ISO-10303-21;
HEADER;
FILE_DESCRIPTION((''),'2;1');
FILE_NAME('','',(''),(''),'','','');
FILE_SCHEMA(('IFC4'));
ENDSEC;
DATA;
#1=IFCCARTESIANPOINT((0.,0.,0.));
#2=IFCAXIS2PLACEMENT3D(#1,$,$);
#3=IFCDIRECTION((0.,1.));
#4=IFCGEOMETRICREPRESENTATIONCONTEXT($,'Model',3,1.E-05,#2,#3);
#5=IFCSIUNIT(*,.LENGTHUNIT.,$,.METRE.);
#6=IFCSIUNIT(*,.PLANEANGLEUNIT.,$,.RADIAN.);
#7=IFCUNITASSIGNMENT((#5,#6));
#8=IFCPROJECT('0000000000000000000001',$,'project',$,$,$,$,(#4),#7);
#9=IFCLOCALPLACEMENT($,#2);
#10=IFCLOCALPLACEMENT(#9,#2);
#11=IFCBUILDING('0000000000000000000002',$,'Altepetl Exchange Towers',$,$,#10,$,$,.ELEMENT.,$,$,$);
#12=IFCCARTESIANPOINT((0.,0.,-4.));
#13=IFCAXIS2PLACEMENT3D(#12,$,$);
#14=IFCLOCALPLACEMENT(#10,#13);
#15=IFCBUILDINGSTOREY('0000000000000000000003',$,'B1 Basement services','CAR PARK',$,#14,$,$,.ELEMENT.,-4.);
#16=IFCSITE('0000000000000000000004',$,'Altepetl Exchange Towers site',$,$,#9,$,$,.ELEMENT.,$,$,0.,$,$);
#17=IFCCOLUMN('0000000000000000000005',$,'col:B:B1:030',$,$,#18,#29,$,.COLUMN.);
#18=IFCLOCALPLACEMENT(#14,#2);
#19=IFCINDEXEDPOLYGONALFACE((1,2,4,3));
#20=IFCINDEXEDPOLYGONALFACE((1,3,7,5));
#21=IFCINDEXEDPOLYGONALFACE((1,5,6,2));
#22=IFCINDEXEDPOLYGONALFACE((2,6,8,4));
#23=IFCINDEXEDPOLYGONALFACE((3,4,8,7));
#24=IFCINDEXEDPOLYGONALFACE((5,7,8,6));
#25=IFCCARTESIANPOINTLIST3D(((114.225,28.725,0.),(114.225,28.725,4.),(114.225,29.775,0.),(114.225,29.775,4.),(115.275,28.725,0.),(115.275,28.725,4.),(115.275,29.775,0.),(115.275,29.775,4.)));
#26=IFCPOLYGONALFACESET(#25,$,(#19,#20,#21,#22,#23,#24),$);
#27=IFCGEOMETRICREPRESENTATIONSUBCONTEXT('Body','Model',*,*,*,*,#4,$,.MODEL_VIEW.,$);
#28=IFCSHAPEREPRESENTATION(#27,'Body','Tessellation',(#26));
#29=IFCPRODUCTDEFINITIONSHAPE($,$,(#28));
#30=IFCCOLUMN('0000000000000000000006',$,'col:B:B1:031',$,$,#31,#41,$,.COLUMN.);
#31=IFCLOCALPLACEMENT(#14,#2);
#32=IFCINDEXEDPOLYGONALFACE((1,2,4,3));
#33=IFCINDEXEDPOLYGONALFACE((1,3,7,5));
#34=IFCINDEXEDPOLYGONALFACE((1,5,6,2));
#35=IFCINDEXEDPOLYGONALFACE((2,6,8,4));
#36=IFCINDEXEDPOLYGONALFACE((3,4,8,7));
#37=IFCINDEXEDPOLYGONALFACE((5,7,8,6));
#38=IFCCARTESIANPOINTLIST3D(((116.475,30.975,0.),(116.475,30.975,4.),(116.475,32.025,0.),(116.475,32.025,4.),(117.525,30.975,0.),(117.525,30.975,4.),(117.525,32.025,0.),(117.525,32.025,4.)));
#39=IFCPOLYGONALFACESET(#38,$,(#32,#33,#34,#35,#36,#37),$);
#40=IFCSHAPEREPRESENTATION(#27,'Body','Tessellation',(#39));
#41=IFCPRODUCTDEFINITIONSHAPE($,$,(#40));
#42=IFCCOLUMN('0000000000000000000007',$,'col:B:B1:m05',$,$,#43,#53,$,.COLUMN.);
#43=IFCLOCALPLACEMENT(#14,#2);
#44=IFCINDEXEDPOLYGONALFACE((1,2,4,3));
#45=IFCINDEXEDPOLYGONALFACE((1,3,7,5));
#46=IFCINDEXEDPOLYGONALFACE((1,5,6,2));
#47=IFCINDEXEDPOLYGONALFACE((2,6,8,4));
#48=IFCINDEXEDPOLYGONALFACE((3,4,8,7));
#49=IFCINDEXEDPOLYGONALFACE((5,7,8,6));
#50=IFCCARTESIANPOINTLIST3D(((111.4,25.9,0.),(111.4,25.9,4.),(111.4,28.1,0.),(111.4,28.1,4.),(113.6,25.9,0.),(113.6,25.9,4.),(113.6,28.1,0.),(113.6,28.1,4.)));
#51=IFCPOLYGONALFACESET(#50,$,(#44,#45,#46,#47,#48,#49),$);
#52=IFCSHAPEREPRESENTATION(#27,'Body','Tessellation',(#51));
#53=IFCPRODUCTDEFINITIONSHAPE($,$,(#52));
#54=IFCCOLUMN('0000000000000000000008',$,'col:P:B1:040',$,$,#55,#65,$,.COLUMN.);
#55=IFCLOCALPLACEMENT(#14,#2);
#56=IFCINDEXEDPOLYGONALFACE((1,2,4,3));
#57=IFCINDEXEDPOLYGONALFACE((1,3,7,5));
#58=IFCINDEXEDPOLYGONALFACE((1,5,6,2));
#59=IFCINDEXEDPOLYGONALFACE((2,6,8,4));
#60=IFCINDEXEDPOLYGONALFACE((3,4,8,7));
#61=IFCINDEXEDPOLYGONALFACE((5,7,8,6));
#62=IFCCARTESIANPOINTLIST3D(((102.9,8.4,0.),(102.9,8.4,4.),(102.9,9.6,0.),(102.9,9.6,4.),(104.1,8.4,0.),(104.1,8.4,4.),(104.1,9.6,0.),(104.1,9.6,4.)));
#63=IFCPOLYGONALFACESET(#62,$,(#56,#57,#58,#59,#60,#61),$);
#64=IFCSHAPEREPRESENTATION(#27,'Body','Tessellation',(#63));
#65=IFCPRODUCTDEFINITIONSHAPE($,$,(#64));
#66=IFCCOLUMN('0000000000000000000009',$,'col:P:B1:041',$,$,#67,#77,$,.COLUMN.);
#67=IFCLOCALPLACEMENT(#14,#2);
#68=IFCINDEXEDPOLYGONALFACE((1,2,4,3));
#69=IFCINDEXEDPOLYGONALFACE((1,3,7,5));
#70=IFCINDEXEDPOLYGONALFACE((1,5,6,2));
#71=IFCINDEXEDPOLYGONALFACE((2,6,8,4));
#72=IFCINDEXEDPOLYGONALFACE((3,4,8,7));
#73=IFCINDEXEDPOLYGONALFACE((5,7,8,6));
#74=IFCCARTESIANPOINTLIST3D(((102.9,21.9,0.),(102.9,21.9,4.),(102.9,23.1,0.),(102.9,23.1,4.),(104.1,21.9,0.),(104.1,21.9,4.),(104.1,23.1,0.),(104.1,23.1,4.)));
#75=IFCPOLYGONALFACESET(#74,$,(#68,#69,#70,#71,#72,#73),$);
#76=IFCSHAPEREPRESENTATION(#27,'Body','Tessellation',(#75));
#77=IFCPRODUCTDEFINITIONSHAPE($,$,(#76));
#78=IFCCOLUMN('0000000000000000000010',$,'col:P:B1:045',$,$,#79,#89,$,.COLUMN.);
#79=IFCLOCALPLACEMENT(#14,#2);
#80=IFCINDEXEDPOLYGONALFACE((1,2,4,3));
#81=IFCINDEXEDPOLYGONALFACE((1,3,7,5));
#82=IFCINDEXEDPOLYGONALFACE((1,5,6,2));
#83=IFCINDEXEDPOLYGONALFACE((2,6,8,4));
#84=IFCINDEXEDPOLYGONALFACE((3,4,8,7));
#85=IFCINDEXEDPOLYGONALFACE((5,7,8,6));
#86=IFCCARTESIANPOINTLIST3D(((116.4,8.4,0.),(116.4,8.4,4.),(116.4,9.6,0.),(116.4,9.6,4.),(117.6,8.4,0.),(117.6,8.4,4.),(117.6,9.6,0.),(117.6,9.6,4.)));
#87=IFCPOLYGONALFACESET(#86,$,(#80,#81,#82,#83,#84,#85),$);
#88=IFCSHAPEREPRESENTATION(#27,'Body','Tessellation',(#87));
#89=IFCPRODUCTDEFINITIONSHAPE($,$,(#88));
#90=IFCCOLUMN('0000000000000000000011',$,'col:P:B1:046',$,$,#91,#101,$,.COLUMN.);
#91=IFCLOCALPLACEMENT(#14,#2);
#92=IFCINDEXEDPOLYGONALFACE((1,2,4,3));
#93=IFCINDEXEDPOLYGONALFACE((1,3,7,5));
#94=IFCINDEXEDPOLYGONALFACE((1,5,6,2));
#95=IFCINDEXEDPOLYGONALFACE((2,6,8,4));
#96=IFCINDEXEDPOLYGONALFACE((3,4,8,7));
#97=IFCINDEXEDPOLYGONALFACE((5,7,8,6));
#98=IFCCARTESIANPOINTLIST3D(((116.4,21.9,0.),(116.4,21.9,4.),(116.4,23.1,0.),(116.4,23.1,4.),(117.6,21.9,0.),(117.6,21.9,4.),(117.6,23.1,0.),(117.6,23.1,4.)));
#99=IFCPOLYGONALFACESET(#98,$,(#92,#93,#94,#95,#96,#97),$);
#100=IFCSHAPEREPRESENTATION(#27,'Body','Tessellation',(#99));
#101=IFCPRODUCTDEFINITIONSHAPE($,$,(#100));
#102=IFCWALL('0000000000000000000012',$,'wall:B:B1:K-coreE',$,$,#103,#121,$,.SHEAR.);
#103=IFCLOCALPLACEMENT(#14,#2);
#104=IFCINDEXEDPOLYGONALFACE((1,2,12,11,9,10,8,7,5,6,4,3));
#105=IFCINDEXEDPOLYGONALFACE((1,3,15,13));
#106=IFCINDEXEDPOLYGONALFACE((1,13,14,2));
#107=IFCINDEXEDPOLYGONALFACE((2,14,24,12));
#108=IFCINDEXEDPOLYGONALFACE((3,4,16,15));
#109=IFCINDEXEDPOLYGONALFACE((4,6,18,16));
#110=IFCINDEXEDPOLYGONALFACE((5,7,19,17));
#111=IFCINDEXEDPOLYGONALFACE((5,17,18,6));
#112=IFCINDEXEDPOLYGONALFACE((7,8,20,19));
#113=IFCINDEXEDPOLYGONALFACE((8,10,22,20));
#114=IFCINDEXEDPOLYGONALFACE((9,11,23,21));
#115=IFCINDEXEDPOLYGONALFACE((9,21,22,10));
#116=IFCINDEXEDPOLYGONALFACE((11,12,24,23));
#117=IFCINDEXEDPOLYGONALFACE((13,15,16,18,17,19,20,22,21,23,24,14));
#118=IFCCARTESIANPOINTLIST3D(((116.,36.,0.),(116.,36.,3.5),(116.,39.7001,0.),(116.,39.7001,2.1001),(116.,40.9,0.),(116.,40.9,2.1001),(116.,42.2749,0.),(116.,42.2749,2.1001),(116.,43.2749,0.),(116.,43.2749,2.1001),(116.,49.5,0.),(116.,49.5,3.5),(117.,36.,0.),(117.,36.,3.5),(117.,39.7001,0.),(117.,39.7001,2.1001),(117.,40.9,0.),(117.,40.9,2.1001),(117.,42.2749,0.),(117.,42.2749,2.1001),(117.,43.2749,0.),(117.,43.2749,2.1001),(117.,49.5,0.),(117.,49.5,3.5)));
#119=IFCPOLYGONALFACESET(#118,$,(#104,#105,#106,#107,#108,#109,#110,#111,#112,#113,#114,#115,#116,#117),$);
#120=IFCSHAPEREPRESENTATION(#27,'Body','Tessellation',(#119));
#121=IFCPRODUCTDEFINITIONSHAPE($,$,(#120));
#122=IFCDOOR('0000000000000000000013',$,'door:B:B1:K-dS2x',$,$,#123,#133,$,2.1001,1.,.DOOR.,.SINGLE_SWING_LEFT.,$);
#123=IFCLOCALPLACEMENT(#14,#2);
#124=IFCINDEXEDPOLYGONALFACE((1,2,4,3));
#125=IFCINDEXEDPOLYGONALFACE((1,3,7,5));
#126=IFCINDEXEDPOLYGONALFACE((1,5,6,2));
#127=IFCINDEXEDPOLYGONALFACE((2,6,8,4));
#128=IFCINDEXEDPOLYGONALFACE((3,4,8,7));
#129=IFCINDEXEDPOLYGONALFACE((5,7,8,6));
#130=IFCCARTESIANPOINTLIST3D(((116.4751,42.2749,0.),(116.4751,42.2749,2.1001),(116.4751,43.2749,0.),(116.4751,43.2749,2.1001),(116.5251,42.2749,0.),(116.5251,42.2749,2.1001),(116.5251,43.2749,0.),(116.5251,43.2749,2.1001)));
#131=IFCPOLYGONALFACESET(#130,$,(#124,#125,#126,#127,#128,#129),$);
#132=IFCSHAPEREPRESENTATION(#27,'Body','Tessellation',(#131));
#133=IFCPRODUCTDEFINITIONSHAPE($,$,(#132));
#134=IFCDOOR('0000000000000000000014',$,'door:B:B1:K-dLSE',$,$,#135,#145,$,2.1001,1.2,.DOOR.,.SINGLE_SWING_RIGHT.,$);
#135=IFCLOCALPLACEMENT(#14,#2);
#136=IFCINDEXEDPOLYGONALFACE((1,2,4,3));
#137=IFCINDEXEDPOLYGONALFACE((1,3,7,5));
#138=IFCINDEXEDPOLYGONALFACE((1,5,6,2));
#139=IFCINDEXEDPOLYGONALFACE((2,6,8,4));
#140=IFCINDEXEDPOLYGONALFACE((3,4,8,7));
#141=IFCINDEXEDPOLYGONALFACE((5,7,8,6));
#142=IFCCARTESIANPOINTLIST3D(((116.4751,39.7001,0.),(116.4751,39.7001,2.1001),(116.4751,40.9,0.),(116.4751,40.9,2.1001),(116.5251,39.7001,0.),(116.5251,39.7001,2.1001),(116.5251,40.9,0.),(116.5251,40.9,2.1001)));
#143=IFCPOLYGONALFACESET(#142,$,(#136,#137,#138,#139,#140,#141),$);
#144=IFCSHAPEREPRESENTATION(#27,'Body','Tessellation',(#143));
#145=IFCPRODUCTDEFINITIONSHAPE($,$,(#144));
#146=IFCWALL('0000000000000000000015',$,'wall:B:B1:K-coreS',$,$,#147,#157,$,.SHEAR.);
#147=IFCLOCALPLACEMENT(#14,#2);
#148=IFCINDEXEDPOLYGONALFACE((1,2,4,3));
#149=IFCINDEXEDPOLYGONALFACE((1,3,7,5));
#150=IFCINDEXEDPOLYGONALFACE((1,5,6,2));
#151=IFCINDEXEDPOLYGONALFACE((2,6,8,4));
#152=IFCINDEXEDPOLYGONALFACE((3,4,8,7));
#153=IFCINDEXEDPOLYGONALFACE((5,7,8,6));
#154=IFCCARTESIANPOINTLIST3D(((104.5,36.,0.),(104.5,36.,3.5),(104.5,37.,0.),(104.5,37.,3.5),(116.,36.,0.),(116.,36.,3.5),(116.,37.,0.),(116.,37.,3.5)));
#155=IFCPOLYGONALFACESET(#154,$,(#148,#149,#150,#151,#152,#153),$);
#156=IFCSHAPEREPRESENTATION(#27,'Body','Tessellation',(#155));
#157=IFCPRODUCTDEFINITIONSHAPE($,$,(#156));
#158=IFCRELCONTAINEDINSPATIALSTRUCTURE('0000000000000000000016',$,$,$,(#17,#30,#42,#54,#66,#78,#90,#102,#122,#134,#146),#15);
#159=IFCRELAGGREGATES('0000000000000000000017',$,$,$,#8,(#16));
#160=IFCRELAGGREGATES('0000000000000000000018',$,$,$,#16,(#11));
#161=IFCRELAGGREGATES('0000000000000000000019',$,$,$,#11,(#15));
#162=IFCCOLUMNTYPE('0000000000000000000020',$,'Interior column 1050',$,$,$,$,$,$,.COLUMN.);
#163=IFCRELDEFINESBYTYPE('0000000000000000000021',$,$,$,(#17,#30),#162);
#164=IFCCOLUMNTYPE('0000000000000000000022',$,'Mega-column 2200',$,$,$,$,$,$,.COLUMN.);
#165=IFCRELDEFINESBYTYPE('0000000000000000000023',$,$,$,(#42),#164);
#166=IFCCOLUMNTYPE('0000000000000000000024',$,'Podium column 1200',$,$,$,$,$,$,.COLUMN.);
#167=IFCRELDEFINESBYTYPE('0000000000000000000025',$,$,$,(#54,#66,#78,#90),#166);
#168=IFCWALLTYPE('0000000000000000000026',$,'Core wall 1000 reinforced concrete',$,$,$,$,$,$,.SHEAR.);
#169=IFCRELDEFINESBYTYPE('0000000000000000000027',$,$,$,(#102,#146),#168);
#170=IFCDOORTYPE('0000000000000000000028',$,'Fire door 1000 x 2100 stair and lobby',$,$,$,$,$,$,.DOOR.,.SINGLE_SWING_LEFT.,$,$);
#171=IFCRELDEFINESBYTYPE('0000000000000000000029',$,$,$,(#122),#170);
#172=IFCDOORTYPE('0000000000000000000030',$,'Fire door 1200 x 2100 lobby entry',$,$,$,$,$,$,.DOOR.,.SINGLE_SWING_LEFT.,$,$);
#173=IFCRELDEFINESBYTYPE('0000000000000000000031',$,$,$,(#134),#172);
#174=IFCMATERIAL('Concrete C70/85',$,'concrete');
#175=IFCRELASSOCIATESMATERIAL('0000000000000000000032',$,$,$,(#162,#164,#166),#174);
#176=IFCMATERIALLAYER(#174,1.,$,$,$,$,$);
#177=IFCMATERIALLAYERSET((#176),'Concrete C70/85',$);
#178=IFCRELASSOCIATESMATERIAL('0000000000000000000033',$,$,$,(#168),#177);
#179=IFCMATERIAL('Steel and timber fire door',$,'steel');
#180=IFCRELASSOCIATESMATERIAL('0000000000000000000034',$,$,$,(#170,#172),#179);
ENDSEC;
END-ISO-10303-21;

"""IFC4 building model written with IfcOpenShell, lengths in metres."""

from ifc_helpers import new_model, si_unit, direction, frame, frame_2d, origin, origin_2d, place, context, subcontext, project, spatial, rectangle, extrude, material, layer, layer_set, material_profile, profile_set, type_object, element, fill, save


model = new_model("IFC4")

# Units and contexts
model_context = context("Model", 3, precision=1e-05, world=origin(), true_north=direction((0.0, 1.0)))
body_context = subcontext(model_context, "Body", "Model", "MODEL_VIEW")
ifc_project = project(units=[si_unit("LENGTHUNIT", "METRE"), si_unit("PLANEANGLEUNIT", "RADIAN")], contexts=[model_context])

# Site, building, storey
site_placement = place(None, origin())
site = spatial("IfcSite", under=ifc_project, at=site_placement, Name="Altepetl Exchange Towers site", CompositionType="ELEMENT", RefElevation=0.0)
building_placement = place(site_placement, origin())
building = spatial("IfcBuilding", under=site, at=building_placement, Name="Altepetl Exchange Towers", CompositionType="ELEMENT")
storey_placement = place(building_placement, frame((0.0, 0.0, -4.0)))
storey = spatial("IfcBuildingStorey", under=building, at=storey_placement, Name="B1 Basement services", Description="CAR PARK", CompositionType="ELEMENT", Elevation=-4.0)

# Columns
ifc_material_1 = material(Name="Concrete C70/85", Category="concrete")
ifc_material_profile_1 = material_profile(ifc_material_1, rectangle(XDim=1.05, YDim=1.05, at=origin_2d()), Name="1050 x 1050")
ifc_profile_set_1 = profile_set([ifc_material_profile_1], Name="Concrete C70/85")
column_type_1 = type_object("IfcColumnType", Name="Interior column 1050", PredefinedType="COLUMN", material=ifc_profile_set_1)
for number, where, name in (
    (1, (114.75, 29.25, 0.0), "col:B:B1:030"),
    (2, (117.0, 31.5, 0.0), "col:B:B1:031"),
):
    element("IfcColumn", number, at=place(storey_placement, frame(where)), inside=storey, type_object=column_type_1, Name=name, PredefinedType="COLUMN", context=body_context, shape_type="SweptSolid", body=[
        extrude(rectangle(XDim=1.05, YDim=1.05, at=origin_2d()), origin(), (0.0, 0.0, 1.0), 4.0),
    ])
ifc_material_profile_2 = material_profile(ifc_material_1, rectangle(XDim=2.2, YDim=2.2, at=origin_2d()), Name="2200 x 2200")
ifc_profile_set_2 = profile_set([ifc_material_profile_2], Name="Concrete C70/85")
column_type_2 = type_object("IfcColumnType", Name="Mega-column 2200", PredefinedType="COLUMN", material=ifc_profile_set_2)
column_placement = place(storey_placement, frame((112.5, 27.0, 0.0)))
element("IfcColumn", 3, at=column_placement, inside=storey, type_object=column_type_2, Name="col:B:B1:m05", PredefinedType="COLUMN", context=body_context, shape_type="SweptSolid", body=[
    extrude(rectangle(XDim=2.2, YDim=2.2, at=origin_2d()), origin(), (0.0, 0.0, 1.0), 4.0),
])
ifc_material_profile_3 = material_profile(ifc_material_1, rectangle(XDim=1.2, YDim=1.2, at=origin_2d()), Name="1200 x 1200")
ifc_profile_set_3 = profile_set([ifc_material_profile_3], Name="Concrete C70/85")
column_type_3 = type_object("IfcColumnType", Name="Podium column 1200", PredefinedType="COLUMN", material=ifc_profile_set_3)
for number, where, name in (
    (4, (103.5, 9.0, 0.0), "col:P:B1:040"),
    (5, (103.5, 22.5, 0.0), "col:P:B1:041"),
    (6, (117.0, 9.0, 0.0), "col:P:B1:045"),
    (7, (117.0, 22.5, 0.0), "col:P:B1:046"),
):
    element("IfcColumn", number, at=place(storey_placement, frame(where)), inside=storey, type_object=column_type_3, Name=name, PredefinedType="COLUMN", context=body_context, shape_type="SweptSolid", body=[
        extrude(rectangle(XDim=1.2, YDim=1.2, at=origin_2d()), origin(), (0.0, 0.0, 1.0), 4.0),
    ])

# Wall, openings, doors
ifc_layer_1 = layer(ifc_material_1, 1.0)
ifc_layer_set_1 = layer_set([ifc_layer_1], Name="Concrete C70/85")
wall_type_1 = type_object("IfcWallType", Name="Core wall 1000 reinforced concrete", PredefinedType="SHEAR", material=ifc_layer_set_1)
wall_1_placement = place(storey_placement, frame((116.5, 36.0, 0.0), z_axis=(0.0, 0.0, 1.0), x_axis=(0.0, 1.0, 0.0)))
wall_1 = element("IfcWall", 8, at=wall_1_placement, inside=storey, type_object=wall_type_1, Name="wall:B:B1:K-coreE", PredefinedType="SHEAR", context=body_context, shape_type="SweptSolid", body=[
    extrude(rectangle(XDim=13.5, YDim=1.0, at=frame_2d((6.75, 0.0))), origin(), (0.0, 0.0, 1.0), 3.5),
])
opening_1_placement = place(wall_1_placement, frame((3.7, 0.0, 0.0)))
opening_1 = element("IfcOpeningElement", 9, at=opening_1_placement, cuts=wall_1, PredefinedType="OPENING", context=body_context, shape_type="SweptSolid", body=[
    extrude(rectangle(XDim=1.2, YDim=2.1001, at=frame_2d((0.6001, 1.05))), frame((0.0, 0.51, 0.0), z_axis=(0.0, -1.0, 0.0), x_axis=(1.0, 0.0, 0.0)), (0.0, 0.0, 1.0), 1.02),
])
opening_2_placement = place(wall_1_placement, frame((6.2749, 0.0, 0.0)))
opening_2 = element("IfcOpeningElement", 10, at=opening_2_placement, cuts=wall_1, PredefinedType="OPENING", context=body_context, shape_type="SweptSolid", body=[
    extrude(rectangle(XDim=1.0, YDim=2.1001, at=frame_2d((0.5, 1.05))), frame((0.0, 0.51, 0.0), z_axis=(0.0, -1.0, 0.0), x_axis=(1.0, 0.0, 0.0)), (0.0, 0.0, 1.0), 1.02),
])
ifc_material_2 = material(Name="Steel and timber fire door", Category="steel")
door_type_1 = type_object("IfcDoorType", Name="Fire door 1000 x 2100 stair and lobby", OperationType="SINGLE_SWING_LEFT", PredefinedType="DOOR", material=ifc_material_2)
door_1_placement = place(opening_2_placement, origin())
door_1 = element("IfcDoor", 11, at=door_1_placement, inside=storey, type_object=door_type_1, Name="door:B:B1:K-dS2x", OperationType="SINGLE_SWING_LEFT", OverallHeight=2.1001, OverallWidth=1.0, PredefinedType="DOOR", context=body_context, shape_type="SweptSolid", body=[
    extrude(rectangle(XDim=1.0, YDim=2.1001, at=frame_2d((0.5, 1.05))), frame((0.0, 0.0249, 0.0), z_axis=(0.0, -1.0, 0.0), x_axis=(1.0, 0.0, 0.0)), (0.0, 0.0, 1.0), 0.05),
])
fill(opening_2, door_1)
door_type_2 = type_object("IfcDoorType", Name="Fire door 1200 x 2100 lobby entry", OperationType="SINGLE_SWING_LEFT", PredefinedType="DOOR", material=ifc_material_2)
door_2_placement = place(opening_1_placement, origin())
door_2 = element("IfcDoor", 12, at=door_2_placement, inside=storey, type_object=door_type_2, Name="door:B:B1:K-dLSE", OperationType="SINGLE_SWING_RIGHT", OverallHeight=2.1001, OverallWidth=1.2, PredefinedType="DOOR", context=body_context, shape_type="SweptSolid", body=[
    extrude(rectangle(XDim=1.2, YDim=2.1001, at=frame_2d((0.6001, 1.05))), frame((0.0, 0.0249, 0.0), z_axis=(0.0, -1.0, 0.0), x_axis=(1.0, 0.0, 0.0)), (0.0, 0.0, 1.0), 0.05),
])
fill(opening_1, door_2)

# Wall
wall_2_placement = place(storey_placement, frame((104.5, 36.5, 0.0)))
element("IfcWall", 13, at=wall_2_placement, inside=storey, type_object=wall_type_1, Name="wall:B:B1:K-coreS", PredefinedType="SHEAR", context=body_context, shape_type="SweptSolid", body=[
    extrude(rectangle(XDim=11.5, YDim=1.0, at=frame_2d((5.75, 0.0))), origin(), (0.0, 0.0, 1.0), 3.5),
])

save(model, "model.ifc")
